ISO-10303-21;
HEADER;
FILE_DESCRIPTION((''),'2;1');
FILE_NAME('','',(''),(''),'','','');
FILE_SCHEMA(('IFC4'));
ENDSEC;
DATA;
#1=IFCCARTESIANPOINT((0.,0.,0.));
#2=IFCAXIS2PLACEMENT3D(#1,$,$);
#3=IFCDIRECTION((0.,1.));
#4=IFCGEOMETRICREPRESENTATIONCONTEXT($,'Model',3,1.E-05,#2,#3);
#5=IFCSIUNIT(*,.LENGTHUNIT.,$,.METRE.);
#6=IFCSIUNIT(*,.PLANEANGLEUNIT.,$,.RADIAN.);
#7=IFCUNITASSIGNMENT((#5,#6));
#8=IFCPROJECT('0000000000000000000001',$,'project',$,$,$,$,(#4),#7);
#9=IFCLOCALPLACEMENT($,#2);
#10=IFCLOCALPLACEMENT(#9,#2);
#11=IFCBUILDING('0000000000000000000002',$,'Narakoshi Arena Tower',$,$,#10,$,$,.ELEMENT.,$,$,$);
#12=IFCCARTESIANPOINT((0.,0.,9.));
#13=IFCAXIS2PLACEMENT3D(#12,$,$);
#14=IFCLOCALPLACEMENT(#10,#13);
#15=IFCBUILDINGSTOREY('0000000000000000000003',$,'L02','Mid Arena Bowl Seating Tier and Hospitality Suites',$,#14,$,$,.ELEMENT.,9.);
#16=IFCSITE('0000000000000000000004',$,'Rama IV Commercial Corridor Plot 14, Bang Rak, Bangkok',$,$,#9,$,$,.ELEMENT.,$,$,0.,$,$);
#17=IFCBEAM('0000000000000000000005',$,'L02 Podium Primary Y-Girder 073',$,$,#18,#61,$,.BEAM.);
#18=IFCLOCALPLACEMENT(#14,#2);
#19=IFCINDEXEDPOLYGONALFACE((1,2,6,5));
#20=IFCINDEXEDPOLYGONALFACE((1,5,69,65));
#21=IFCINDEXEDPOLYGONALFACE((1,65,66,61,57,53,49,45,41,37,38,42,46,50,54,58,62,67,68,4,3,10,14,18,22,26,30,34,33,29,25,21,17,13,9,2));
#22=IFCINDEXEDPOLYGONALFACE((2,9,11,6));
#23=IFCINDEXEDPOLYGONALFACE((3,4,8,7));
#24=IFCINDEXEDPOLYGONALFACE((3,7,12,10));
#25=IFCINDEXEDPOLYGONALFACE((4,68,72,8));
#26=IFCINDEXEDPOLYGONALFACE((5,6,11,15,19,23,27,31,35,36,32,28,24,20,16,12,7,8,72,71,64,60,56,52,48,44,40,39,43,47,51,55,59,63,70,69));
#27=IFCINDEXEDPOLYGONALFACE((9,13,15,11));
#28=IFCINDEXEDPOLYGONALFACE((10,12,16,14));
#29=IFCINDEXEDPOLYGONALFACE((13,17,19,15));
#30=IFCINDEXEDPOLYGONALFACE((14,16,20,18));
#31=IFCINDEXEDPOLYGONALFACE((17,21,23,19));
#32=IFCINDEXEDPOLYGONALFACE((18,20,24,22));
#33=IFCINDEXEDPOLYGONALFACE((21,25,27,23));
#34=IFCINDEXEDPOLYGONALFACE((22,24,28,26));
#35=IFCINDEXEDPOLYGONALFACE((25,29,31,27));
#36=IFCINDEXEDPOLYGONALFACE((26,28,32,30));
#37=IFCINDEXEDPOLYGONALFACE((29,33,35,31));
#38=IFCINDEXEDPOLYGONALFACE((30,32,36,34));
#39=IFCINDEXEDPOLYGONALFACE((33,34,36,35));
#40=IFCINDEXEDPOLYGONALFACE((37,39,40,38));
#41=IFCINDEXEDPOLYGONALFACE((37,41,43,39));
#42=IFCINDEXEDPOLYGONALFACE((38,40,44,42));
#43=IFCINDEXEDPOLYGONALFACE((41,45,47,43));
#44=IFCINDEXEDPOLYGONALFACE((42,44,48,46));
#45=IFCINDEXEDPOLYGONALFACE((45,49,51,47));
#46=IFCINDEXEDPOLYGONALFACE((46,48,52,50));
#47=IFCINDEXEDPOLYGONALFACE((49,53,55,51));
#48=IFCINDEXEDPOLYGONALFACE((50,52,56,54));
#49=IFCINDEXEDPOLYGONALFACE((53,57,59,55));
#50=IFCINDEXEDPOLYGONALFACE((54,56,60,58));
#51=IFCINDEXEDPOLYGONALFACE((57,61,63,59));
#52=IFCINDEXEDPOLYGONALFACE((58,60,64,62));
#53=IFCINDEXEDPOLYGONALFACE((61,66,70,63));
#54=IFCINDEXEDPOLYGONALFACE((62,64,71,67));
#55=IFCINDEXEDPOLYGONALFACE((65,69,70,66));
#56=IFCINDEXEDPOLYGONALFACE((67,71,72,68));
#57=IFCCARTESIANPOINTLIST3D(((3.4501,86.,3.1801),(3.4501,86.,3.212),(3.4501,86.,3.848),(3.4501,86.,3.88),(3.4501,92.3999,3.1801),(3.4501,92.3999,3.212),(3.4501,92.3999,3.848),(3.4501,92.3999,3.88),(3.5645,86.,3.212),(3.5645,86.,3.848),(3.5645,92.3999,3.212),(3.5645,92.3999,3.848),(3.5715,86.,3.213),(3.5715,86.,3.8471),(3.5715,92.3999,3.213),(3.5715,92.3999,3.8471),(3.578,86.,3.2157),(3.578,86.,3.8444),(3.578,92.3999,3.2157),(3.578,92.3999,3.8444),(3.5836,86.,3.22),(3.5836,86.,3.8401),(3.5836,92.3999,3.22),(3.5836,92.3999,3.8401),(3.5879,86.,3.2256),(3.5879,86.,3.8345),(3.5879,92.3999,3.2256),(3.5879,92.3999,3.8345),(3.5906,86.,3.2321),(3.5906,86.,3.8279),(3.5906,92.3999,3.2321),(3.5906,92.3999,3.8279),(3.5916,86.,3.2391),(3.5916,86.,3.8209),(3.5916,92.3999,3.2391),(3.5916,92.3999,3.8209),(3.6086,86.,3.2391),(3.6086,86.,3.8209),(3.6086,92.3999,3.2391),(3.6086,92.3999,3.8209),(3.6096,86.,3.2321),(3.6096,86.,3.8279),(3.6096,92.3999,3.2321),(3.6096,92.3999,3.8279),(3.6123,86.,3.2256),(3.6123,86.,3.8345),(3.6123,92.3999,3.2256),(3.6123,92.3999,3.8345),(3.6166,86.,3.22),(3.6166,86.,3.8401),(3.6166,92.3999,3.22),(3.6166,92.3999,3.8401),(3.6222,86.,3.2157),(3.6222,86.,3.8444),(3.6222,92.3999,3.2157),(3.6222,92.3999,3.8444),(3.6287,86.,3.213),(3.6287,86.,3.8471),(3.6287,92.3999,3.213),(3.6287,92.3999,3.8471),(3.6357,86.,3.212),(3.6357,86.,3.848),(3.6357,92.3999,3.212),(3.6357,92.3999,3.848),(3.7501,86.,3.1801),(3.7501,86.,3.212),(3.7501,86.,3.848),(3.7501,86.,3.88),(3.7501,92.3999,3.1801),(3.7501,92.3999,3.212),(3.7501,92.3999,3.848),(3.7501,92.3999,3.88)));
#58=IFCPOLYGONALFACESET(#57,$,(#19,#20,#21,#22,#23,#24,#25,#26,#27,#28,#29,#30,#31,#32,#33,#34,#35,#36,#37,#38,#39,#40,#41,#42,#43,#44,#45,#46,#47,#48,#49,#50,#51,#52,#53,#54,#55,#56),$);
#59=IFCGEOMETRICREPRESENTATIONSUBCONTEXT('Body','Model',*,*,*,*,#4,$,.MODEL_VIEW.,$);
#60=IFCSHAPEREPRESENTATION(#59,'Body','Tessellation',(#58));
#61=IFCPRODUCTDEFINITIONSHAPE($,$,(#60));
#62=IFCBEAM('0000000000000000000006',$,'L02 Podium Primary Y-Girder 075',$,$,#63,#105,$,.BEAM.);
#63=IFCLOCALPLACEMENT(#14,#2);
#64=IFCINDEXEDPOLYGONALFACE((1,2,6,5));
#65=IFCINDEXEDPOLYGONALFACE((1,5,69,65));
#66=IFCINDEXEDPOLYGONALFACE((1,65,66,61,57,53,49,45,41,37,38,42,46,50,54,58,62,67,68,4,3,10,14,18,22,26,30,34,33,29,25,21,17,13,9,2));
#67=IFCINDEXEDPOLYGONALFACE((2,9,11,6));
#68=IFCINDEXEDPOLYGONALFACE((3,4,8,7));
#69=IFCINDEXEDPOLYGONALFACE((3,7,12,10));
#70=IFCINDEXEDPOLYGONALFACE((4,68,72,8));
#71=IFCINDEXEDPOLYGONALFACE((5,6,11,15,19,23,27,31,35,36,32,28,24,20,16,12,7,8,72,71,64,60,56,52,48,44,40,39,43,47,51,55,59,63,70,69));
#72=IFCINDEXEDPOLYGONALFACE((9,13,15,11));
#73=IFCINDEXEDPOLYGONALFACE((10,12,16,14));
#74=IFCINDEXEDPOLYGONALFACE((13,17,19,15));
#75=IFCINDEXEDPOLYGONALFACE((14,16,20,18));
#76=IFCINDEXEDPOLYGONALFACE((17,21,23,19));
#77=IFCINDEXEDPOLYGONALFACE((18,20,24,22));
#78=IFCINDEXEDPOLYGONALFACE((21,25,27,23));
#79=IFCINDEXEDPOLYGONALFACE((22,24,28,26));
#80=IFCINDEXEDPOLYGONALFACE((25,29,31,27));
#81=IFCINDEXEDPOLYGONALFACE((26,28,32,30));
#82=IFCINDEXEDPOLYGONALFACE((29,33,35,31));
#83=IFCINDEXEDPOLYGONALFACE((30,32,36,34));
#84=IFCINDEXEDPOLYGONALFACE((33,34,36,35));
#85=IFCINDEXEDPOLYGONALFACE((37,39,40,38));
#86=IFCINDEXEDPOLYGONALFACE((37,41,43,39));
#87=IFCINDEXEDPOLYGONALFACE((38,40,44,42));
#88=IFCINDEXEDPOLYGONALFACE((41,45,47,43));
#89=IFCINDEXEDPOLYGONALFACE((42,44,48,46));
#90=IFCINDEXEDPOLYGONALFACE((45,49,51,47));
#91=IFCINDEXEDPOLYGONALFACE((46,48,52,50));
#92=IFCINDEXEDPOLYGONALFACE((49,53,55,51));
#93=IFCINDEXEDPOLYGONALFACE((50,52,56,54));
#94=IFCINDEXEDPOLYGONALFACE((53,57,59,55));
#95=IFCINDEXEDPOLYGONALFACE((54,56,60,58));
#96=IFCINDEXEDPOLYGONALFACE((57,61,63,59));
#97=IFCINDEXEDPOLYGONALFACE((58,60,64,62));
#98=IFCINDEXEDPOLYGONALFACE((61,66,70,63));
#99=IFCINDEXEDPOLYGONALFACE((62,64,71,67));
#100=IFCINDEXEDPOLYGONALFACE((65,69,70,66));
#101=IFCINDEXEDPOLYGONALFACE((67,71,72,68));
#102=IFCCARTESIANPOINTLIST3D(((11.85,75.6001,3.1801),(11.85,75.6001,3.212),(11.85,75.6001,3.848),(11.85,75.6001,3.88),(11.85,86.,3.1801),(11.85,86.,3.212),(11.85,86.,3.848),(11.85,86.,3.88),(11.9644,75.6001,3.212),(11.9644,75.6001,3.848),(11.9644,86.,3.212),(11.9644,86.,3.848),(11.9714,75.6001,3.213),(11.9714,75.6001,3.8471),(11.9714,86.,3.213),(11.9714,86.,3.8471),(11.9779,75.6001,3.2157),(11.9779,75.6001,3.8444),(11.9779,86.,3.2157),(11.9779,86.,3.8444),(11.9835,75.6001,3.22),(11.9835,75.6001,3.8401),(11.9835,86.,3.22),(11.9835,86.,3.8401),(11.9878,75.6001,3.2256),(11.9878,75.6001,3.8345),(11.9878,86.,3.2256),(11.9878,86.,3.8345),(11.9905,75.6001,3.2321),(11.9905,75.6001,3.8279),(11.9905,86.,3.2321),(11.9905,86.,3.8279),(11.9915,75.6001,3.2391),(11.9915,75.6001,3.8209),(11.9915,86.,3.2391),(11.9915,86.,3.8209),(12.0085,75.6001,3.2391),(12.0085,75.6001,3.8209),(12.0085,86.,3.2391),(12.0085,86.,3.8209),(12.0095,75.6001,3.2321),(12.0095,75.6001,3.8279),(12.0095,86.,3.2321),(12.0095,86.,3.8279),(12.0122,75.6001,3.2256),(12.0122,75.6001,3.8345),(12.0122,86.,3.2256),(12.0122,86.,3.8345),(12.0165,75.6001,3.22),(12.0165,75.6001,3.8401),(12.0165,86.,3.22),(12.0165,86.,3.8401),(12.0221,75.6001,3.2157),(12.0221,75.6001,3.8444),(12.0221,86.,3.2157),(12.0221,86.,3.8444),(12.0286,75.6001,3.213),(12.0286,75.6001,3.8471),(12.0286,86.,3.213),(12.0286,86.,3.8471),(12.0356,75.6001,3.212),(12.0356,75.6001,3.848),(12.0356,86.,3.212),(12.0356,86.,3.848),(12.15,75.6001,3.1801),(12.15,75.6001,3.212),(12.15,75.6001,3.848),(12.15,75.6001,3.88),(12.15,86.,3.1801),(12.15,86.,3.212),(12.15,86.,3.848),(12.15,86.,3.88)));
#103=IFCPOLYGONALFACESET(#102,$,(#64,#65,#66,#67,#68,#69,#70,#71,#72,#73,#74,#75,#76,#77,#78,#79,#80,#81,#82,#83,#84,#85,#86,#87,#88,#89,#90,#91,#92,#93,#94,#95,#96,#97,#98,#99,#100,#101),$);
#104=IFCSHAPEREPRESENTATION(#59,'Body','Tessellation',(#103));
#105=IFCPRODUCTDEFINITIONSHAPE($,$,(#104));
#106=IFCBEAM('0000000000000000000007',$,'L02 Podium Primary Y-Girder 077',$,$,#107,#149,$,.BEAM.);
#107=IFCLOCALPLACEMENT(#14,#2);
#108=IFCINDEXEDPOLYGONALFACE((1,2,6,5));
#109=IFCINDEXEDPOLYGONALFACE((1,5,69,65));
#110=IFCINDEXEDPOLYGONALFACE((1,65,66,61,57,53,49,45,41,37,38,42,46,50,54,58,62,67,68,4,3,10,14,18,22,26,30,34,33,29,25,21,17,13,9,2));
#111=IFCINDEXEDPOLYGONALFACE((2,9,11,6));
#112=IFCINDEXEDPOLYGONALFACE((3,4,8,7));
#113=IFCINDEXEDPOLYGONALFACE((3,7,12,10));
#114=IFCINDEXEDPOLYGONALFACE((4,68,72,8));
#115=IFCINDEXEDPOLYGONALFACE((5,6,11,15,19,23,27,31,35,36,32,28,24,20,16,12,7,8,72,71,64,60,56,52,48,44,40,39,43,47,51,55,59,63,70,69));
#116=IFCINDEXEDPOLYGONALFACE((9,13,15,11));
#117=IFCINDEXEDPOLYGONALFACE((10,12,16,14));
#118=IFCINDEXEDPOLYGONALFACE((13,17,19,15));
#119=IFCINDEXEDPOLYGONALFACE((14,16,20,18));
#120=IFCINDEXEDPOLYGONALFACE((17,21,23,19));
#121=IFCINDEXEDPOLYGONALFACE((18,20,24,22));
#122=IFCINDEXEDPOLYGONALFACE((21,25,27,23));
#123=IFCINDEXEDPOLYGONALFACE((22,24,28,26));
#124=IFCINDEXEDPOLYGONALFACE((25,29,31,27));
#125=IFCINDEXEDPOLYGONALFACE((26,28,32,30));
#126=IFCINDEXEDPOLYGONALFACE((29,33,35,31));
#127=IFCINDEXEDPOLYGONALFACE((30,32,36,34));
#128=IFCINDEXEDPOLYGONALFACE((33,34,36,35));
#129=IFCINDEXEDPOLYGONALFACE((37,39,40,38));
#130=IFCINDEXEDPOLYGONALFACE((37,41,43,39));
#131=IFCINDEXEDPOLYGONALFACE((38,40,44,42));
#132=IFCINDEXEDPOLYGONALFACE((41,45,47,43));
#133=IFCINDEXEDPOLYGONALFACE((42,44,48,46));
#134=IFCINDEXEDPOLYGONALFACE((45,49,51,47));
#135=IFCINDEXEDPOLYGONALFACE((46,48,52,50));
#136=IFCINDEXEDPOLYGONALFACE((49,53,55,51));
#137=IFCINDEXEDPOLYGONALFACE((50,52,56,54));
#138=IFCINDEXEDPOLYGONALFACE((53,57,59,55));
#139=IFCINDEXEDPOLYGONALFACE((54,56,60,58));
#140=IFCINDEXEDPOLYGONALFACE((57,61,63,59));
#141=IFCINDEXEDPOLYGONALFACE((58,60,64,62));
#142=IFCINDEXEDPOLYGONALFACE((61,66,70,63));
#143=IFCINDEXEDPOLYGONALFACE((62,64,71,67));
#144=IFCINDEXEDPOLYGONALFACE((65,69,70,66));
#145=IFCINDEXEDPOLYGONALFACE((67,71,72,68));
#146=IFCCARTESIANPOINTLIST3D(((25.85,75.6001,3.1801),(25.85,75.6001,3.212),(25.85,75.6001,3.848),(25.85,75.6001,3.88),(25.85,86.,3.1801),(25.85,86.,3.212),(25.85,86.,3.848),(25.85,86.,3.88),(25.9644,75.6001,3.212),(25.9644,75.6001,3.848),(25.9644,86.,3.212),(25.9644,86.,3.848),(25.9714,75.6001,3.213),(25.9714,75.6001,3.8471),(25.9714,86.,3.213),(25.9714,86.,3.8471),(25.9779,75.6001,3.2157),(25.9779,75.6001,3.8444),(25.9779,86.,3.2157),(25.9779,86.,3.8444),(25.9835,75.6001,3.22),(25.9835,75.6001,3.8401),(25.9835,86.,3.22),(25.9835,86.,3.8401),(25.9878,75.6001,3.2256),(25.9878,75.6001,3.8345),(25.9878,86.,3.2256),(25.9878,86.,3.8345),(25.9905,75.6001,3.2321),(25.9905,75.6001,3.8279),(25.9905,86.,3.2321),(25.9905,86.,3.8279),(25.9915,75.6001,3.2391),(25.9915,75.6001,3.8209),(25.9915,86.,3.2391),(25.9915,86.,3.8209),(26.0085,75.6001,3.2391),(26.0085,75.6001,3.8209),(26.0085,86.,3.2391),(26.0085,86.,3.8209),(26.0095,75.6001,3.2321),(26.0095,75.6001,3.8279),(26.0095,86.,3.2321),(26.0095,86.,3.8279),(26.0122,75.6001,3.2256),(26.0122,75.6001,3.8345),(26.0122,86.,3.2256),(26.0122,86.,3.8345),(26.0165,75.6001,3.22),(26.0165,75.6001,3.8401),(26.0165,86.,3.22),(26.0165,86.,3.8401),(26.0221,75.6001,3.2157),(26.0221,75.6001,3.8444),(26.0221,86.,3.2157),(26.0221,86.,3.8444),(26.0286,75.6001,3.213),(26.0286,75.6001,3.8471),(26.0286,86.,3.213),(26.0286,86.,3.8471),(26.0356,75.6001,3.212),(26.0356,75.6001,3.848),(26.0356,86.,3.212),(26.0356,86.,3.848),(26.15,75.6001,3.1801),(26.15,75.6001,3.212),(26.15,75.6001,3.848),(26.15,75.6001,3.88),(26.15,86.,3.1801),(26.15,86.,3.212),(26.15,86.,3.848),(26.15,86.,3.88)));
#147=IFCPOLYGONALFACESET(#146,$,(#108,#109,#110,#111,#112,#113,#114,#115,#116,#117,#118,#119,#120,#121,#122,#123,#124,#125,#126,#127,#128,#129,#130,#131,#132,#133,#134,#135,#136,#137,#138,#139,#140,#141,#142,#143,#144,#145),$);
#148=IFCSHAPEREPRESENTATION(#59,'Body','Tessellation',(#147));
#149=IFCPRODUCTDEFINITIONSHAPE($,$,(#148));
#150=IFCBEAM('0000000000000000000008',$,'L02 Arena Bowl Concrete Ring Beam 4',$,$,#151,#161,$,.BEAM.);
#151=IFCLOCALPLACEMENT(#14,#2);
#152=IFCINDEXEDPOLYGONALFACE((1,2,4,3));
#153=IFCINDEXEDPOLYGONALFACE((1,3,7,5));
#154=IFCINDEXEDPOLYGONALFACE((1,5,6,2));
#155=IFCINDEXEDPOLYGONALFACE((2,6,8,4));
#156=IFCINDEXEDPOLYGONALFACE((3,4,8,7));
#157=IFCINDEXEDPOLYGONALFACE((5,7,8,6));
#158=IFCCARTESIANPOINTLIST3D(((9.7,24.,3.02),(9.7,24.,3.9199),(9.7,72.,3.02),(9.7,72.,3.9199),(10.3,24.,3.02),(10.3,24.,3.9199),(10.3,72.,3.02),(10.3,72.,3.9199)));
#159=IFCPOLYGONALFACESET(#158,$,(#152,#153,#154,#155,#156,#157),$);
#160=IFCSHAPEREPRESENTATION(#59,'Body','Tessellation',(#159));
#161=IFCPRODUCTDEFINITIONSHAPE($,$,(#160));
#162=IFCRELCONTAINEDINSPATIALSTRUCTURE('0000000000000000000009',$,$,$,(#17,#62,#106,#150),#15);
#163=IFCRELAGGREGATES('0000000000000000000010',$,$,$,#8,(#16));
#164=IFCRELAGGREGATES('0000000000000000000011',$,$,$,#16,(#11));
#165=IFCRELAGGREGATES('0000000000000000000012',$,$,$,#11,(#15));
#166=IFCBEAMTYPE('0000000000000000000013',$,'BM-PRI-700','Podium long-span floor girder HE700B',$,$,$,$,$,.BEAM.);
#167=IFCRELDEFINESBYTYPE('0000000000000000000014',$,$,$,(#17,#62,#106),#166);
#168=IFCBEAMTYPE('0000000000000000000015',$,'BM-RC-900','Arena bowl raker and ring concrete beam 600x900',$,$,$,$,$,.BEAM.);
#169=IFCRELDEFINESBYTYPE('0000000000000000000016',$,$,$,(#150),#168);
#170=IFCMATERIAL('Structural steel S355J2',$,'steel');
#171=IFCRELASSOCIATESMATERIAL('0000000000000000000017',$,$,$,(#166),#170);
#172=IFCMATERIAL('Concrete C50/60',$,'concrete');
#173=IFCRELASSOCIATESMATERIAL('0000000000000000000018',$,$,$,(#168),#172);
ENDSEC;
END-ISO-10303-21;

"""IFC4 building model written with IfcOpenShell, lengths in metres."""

from ifc_helpers import new_model, si_unit, direction, frame, origin, origin_2d, place, context, subcontext, project, spatial, rectangle, i_section, extrude, material, material_profile, profile_set, type_object, element, save


model = new_model("IFC4")

# Units and contexts
model_context = context("Model", 3, precision=1e-05, world=origin(), true_north=direction((0.0, 1.0)))
body_context = subcontext(model_context, "Body", "Model", "MODEL_VIEW")
ifc_project = project(units=[si_unit("LENGTHUNIT", "METRE"), si_unit("PLANEANGLEUNIT", "RADIAN")], contexts=[model_context])

# Site, building, storey
site_placement = place(None, origin())
site = spatial("IfcSite", under=ifc_project, at=site_placement, Name="Rama IV Commercial Corridor Plot 14, Bang Rak, Bangkok", CompositionType="ELEMENT", RefElevation=0.0)
building_placement = place(site_placement, origin())
building = spatial("IfcBuilding", under=site, at=building_placement, Name="Narakoshi Arena Tower", CompositionType="ELEMENT")
storey_placement = place(building_placement, frame((0.0, 0.0, 9.0)))
storey = spatial("IfcBuildingStorey", under=building, at=storey_placement, Name="L02", Description="Mid Arena Bowl Seating Tier and Hospitality Suites", CompositionType="ELEMENT", Elevation=9.0)

# Shared definitions
ifc_material_1 = material(Name="Concrete C50/60", Category="concrete")

# Beams
ifc_material_2 = material(Name="Structural steel S355J2", Category="steel")
ifc_material_profile_1 = material_profile(ifc_material_2, i_section(OverallWidth=0.3, OverallDepth=0.7, WebThickness=0.0171, FlangeThickness=0.032, FilletRadius=0.0271, at=origin_2d()), Name="HE700B")
ifc_profile_set_1 = profile_set([ifc_material_profile_1], Name="Structural steel S355J2")
beam_type_1 = type_object("IfcBeamType", Name="BM-PRI-700", Description="Podium long-span floor girder HE700B", PredefinedType="BEAM", material=ifc_profile_set_1)
beam_1_placement = place(storey_placement, frame((3.6001, 86.0, 3.53), z_axis=(0.0, 1.0, 0.0), x_axis=(-1.0, 0.0, 0.0)))
element("IfcBeam", 1, at=beam_1_placement, inside=storey, type_object=beam_type_1, Name="L02 Podium Primary Y-Girder 073", PredefinedType="BEAM", context=body_context, shape_type="SweptSolid", body=[
    extrude(i_section(OverallWidth=0.3, OverallDepth=0.7, WebThickness=0.0171, FlangeThickness=0.032, FilletRadius=0.0271, at=origin_2d()), origin(), (0.0, 0.0, 1.0), 6.3999),
])
for number, where, z_axis, x_axis, name in (
    (2, (12.0, 75.6001, 3.53), (0.0, 1.0, 0.0), (-1.0, 0.0, 0.0), "L02 Podium Primary Y-Girder 075"),
    (3, (26.0, 75.6001, 3.53), (0.0, 1.0, 0.0), (-1.0, 0.0, 0.0), "L02 Podium Primary Y-Girder 077"),
):
    element("IfcBeam", number, at=place(storey_placement, frame(where, z_axis=z_axis, x_axis=x_axis)), inside=storey, type_object=beam_type_1, Name=name, PredefinedType="BEAM", context=body_context, shape_type="SweptSolid", body=[
        extrude(i_section(OverallWidth=0.3, OverallDepth=0.7, WebThickness=0.0171, FlangeThickness=0.032, FilletRadius=0.0271, at=origin_2d()), origin(), (0.0, 0.0, 1.0), 10.3999),
    ])
ifc_material_profile_2 = material_profile(ifc_material_1, rectangle(XDim=0.6001, YDim=0.8999, at=origin_2d()), Name="RCB600x900")
ifc_profile_set_2 = profile_set([ifc_material_profile_2], Name="Concrete C50/60")
beam_type_2 = type_object("IfcBeamType", Name="BM-RC-900", Description="Arena bowl raker and ring concrete beam 600x900", PredefinedType="BEAM", material=ifc_profile_set_2)
beam_2_placement = place(storey_placement, frame((10.0, 72.0, 3.47), z_axis=(0.0, -1.0, 0.0), x_axis=(1.0, 0.0, 0.0)))
element("IfcBeam", 4, at=beam_2_placement, inside=storey, type_object=beam_type_2, Name="L02 Arena Bowl Concrete Ring Beam 4", PredefinedType="BEAM", context=body_context, shape_type="SweptSolid", body=[
    extrude(rectangle(XDim=0.6001, YDim=0.8999, at=origin_2d()), origin(), (0.0, 0.0, 1.0), 48.0),
])

save(model, "model.ifc")
